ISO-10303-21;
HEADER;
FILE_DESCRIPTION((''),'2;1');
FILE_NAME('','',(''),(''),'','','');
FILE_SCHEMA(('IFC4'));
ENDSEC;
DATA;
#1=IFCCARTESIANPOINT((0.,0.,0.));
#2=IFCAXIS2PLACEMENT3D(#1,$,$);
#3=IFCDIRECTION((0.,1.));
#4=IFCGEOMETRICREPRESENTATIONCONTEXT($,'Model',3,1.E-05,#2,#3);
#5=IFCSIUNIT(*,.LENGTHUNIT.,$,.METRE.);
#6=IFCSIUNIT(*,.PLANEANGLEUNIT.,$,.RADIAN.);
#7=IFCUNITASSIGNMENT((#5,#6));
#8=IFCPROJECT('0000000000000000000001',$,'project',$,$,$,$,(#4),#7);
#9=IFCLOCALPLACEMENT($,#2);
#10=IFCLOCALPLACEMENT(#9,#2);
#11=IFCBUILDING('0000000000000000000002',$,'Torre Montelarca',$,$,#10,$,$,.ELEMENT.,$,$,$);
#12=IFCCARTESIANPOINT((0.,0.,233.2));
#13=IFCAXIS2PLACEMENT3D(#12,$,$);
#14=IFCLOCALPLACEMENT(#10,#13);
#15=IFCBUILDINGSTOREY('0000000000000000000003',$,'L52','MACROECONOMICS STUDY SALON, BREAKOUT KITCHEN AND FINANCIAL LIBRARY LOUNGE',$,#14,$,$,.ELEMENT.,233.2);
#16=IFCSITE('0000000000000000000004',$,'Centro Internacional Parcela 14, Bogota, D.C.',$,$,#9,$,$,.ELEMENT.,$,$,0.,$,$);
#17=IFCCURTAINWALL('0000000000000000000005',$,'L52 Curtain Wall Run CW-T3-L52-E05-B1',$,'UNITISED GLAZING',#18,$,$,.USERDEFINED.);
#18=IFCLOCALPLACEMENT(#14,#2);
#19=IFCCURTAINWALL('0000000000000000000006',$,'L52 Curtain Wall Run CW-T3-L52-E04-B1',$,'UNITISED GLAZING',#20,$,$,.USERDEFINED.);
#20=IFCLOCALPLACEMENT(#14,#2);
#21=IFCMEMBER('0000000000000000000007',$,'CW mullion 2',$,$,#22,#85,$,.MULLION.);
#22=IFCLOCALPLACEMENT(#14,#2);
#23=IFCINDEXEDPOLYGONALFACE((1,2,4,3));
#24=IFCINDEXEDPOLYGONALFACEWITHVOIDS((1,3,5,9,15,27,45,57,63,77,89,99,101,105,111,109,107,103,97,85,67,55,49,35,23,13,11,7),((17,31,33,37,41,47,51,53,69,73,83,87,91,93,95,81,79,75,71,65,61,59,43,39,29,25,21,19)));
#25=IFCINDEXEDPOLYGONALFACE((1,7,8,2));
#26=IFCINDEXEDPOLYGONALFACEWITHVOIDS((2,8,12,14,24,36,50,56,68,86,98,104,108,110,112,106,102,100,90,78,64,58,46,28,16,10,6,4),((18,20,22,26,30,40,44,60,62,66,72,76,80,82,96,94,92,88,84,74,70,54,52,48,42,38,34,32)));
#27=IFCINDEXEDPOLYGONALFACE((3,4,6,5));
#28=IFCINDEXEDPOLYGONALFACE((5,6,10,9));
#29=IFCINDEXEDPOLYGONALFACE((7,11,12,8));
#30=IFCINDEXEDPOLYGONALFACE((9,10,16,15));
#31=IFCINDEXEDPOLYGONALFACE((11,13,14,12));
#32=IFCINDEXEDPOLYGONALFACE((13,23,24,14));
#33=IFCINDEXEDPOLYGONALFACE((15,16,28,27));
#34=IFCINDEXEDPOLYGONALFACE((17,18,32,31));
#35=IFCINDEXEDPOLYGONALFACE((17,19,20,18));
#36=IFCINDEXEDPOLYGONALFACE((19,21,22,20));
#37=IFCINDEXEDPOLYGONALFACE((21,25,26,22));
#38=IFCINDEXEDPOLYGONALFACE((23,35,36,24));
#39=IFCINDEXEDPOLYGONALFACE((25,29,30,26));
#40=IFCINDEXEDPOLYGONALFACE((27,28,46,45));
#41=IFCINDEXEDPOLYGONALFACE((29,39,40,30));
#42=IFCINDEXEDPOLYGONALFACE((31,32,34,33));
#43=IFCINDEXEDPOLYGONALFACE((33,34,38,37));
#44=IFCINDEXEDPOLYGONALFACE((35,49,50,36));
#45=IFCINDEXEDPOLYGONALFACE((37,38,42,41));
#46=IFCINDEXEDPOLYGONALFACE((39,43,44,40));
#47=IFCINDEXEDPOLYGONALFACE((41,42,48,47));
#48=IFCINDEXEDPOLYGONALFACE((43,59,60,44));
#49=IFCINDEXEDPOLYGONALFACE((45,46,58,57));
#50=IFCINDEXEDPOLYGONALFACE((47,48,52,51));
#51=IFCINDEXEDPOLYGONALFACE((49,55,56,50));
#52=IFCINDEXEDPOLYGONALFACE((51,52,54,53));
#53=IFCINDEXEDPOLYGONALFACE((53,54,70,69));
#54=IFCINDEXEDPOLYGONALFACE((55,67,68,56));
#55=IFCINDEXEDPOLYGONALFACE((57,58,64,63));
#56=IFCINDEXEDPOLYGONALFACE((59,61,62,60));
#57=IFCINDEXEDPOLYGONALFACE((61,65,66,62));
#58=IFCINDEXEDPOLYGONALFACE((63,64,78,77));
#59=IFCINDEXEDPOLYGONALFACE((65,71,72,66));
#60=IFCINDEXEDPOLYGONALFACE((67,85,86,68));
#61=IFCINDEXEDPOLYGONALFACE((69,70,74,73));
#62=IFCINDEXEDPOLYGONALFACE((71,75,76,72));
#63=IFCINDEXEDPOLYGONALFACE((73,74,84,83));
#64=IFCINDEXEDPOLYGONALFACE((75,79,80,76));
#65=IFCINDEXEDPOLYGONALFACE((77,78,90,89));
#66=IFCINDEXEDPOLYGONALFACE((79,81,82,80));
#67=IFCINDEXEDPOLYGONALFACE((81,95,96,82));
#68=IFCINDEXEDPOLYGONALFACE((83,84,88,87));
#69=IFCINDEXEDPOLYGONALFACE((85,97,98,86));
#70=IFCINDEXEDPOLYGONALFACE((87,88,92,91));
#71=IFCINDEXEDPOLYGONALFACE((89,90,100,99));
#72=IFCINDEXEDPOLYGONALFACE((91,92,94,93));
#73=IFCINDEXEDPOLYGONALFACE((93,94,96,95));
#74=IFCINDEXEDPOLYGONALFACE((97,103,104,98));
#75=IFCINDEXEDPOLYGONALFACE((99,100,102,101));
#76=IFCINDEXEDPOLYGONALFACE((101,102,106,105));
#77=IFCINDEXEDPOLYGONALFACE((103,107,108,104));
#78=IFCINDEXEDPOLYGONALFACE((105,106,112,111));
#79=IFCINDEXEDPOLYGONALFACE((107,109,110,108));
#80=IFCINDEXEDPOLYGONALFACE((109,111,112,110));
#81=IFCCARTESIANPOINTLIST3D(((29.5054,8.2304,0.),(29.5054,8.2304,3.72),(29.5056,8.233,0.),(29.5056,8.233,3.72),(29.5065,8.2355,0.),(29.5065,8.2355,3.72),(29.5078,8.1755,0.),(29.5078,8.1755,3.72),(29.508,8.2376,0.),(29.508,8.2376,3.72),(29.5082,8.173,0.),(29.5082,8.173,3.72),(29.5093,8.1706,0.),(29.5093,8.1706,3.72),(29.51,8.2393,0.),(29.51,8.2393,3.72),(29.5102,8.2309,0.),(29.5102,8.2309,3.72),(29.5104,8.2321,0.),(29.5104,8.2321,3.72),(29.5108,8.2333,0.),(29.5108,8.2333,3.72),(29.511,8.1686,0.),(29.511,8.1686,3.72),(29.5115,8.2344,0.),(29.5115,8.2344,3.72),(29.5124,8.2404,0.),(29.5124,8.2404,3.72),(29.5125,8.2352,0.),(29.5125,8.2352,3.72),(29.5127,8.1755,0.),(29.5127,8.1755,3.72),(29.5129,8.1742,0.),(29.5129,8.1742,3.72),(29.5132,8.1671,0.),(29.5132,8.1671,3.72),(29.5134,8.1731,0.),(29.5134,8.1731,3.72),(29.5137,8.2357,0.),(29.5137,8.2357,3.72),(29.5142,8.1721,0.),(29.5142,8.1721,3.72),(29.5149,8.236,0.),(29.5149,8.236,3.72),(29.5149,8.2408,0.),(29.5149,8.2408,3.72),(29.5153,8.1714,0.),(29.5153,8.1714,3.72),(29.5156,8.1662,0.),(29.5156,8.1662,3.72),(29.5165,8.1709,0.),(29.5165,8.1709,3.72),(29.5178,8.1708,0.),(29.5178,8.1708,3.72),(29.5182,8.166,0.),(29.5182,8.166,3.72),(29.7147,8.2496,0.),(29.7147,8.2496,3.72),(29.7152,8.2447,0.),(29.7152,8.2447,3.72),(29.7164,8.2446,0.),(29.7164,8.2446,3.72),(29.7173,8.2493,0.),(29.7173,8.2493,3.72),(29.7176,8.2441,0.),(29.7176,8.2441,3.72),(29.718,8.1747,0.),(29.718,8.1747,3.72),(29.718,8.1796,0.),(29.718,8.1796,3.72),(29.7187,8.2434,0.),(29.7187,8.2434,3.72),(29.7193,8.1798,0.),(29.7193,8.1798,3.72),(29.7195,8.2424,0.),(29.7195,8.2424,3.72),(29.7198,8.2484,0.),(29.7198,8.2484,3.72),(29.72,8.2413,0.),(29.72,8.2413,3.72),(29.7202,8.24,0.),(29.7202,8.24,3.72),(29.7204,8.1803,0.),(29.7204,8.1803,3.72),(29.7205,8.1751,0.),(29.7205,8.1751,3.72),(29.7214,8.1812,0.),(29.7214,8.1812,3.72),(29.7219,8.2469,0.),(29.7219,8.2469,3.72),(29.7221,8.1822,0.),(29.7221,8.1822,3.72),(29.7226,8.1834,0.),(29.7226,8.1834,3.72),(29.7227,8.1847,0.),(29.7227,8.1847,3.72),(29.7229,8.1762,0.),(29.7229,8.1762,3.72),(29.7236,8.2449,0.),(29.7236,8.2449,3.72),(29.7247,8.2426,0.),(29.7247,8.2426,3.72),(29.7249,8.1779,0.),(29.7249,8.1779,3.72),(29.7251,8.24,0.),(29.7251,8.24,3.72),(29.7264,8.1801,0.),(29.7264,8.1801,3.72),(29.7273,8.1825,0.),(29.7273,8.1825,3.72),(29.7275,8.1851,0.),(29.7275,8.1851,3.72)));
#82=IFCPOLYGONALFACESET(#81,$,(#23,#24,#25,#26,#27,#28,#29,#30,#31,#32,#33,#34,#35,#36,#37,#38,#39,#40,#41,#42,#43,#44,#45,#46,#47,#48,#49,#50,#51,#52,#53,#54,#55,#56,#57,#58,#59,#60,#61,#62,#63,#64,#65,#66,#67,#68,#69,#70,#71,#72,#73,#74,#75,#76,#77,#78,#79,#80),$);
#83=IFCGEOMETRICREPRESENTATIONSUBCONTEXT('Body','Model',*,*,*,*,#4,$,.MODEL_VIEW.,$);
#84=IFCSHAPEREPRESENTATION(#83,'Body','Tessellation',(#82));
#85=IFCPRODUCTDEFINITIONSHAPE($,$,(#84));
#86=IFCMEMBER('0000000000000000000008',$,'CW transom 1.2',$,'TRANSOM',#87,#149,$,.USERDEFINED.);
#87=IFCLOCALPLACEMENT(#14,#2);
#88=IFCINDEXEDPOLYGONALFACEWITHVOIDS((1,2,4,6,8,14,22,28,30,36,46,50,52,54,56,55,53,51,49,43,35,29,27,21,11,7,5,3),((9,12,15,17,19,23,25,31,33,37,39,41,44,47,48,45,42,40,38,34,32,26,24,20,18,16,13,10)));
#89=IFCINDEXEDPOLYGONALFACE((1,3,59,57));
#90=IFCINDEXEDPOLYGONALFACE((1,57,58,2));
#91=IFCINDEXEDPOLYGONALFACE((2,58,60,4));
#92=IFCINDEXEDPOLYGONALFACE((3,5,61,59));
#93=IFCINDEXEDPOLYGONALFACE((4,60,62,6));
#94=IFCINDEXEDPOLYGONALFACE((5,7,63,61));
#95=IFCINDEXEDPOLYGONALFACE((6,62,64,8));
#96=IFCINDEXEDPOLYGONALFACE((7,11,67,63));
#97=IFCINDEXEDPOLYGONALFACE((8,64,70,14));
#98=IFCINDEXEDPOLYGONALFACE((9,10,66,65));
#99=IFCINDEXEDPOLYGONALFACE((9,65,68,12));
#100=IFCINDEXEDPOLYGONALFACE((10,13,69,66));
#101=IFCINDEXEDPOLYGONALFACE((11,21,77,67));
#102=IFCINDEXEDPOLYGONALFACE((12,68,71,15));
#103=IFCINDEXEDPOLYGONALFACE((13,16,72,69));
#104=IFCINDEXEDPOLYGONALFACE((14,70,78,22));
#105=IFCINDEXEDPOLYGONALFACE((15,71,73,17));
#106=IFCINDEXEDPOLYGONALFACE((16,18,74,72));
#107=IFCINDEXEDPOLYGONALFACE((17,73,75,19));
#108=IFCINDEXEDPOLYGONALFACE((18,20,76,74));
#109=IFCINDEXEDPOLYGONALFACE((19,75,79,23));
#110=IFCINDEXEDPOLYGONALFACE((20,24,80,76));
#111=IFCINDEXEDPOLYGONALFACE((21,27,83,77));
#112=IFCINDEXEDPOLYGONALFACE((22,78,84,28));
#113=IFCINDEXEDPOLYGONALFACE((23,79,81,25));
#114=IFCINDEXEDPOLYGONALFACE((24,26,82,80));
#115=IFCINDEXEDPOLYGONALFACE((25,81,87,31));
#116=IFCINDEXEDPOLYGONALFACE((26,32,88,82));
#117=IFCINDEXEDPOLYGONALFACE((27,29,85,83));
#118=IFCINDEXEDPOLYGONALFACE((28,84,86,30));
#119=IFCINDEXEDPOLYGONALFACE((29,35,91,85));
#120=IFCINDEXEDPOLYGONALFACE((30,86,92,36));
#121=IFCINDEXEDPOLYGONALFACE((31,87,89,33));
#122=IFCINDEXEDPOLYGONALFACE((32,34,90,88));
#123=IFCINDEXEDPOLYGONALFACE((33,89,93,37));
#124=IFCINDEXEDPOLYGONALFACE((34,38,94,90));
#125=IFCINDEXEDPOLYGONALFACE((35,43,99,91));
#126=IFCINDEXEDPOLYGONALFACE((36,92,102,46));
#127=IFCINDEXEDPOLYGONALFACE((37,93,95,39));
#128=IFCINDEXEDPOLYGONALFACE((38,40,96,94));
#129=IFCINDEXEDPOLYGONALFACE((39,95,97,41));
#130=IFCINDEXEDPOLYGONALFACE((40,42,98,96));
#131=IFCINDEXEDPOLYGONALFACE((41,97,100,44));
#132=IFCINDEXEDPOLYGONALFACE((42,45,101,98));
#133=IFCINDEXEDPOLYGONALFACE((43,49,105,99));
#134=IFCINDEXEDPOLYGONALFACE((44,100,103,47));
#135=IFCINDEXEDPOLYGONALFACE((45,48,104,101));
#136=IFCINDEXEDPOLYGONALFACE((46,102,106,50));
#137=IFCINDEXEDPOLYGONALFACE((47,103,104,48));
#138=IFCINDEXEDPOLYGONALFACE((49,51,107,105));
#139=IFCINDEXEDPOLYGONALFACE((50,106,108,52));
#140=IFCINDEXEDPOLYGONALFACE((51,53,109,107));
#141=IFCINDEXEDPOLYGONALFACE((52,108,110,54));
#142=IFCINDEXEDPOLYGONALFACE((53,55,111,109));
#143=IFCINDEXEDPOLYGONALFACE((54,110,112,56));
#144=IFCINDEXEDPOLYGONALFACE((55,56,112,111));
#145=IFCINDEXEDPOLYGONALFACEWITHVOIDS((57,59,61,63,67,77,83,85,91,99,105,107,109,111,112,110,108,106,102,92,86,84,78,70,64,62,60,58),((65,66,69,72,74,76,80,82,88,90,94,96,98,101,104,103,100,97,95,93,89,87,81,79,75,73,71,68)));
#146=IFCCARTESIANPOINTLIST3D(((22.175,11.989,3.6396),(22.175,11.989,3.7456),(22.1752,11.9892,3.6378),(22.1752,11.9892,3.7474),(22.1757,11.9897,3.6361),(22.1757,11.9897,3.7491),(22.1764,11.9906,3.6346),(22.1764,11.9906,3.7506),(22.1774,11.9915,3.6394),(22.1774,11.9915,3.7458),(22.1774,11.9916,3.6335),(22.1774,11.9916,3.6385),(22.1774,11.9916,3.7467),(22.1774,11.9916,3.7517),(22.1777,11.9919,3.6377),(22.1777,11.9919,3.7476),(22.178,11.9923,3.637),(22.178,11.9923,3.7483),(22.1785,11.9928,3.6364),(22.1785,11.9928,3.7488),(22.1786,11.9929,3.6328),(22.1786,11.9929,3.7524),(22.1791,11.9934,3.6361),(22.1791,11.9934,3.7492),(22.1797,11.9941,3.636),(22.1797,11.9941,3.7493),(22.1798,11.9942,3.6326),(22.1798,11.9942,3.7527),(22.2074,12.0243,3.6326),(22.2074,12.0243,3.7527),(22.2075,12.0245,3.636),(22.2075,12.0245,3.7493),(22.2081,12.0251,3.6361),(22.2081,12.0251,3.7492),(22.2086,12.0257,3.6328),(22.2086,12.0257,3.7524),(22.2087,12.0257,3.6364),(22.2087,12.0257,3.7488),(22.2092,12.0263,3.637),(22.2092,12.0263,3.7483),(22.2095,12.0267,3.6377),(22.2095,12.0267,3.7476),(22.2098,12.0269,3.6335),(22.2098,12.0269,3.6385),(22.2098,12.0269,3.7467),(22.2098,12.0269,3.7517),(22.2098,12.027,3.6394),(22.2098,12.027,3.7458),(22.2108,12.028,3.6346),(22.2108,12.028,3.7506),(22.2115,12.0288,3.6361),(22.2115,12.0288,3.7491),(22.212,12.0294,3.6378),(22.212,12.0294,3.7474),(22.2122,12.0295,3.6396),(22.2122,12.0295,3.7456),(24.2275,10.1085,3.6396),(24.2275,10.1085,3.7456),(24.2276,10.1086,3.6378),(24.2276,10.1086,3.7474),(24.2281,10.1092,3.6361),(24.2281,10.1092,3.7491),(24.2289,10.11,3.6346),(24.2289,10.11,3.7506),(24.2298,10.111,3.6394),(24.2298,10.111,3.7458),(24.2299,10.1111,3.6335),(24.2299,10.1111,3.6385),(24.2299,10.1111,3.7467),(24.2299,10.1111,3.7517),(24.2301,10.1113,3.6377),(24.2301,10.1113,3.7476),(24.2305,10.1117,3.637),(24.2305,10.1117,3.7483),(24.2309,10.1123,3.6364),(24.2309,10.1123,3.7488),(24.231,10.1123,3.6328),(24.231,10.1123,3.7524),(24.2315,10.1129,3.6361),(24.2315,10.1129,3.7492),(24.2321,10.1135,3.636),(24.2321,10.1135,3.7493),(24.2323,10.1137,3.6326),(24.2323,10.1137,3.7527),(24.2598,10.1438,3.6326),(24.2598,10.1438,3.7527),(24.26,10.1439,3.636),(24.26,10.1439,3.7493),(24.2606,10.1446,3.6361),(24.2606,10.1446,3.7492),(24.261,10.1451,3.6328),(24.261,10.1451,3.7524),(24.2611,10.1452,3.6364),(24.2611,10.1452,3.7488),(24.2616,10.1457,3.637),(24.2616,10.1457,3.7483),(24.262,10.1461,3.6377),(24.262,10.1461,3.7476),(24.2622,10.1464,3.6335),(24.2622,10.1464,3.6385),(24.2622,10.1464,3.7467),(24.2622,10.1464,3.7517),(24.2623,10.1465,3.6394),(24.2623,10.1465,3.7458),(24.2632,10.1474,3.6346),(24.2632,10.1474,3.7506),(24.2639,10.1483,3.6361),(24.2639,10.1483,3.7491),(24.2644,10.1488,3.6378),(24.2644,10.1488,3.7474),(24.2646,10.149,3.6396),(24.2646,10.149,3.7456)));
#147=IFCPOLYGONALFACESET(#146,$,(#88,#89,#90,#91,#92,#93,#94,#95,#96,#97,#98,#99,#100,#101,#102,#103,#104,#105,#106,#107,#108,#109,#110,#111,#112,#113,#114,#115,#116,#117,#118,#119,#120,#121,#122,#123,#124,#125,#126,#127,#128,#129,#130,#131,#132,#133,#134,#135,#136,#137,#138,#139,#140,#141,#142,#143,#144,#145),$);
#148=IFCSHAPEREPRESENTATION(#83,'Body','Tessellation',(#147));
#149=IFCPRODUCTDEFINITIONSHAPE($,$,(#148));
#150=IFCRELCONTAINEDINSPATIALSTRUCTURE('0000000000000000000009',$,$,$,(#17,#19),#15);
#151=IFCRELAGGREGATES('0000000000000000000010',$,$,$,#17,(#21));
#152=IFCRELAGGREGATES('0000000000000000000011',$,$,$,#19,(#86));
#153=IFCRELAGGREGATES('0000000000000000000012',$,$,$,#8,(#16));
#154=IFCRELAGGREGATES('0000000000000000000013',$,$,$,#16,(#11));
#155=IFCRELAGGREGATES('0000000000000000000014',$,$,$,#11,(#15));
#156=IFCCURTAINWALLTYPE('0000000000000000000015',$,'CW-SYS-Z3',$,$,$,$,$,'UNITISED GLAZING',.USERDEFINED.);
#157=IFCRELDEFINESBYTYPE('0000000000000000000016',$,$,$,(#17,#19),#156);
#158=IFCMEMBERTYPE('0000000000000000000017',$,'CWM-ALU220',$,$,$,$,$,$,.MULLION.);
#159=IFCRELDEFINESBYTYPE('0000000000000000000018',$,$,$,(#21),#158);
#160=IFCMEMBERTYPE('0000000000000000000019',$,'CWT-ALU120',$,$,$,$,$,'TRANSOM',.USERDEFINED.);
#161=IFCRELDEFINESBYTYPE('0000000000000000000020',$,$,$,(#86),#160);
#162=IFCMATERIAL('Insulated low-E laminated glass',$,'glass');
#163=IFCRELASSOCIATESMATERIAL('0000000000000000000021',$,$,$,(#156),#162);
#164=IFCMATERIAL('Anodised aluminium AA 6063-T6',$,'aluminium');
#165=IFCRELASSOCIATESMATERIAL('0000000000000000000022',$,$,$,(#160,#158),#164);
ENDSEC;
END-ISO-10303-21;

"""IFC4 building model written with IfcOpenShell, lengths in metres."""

from ifc_helpers import new_model, si_unit, direction, frame, origin, origin_2d, place, context, subcontext, project, spatial, hollow_rectangle, extrude, source, transform, mapped, material, material_profile, profile_set, type_object, element, aggregate, save


model = new_model("IFC4")

# Units and contexts
model_context = context("Model", 3, precision=1e-05, world=origin(), true_north=direction((0.0, 1.0)))
body_context = subcontext(model_context, "Body", "Model", "MODEL_VIEW")
ifc_project = project(units=[si_unit("LENGTHUNIT", "METRE"), si_unit("PLANEANGLEUNIT", "RADIAN")], contexts=[model_context])

# Site, building, storey
site_placement = place(None, origin())
site = spatial("IfcSite", under=ifc_project, at=site_placement, Name="Centro Internacional Parcela 14, Bogota, D.C.", CompositionType="ELEMENT", RefElevation=0.0)
building_placement = place(site_placement, origin())
building = spatial("IfcBuilding", under=site, at=building_placement, Name="Torre Montelarca", CompositionType="ELEMENT")
storey_placement = place(building_placement, frame((0.0, 0.0, 233.2)))
storey = spatial("IfcBuildingStorey", under=building, at=storey_placement, Name="L52", Description="MACROECONOMICS STUDY SALON, BREAKOUT KITCHEN AND FINANCIAL LIBRARY LOUNGE", CompositionType="ELEMENT", Elevation=233.2)

# Curtain wall
ifc_material_1 = material(Name="Insulated low-E laminated glass", Category="glass")
curtain_wall_type = type_object("IfcCurtainWallType", Name="CW-SYS-Z3", ElementType="UNITISED GLAZING", PredefinedType="USERDEFINED", material=ifc_material_1)
curtain_wall_1_placement = place(storey_placement, origin())
curtain_wall_1 = element("IfcCurtainWall", 1, at=curtain_wall_1_placement, inside=storey, type_object=curtain_wall_type, Name="L52 Curtain Wall Run CW-T3-L52-E05-B1", ObjectType="UNITISED GLAZING", PredefinedType="USERDEFINED")
ifc_material_2 = material(Name="Anodised aluminium AA 6063-T6", Category="aluminium")
ifc_material_profile_1 = material_profile(ifc_material_2, hollow_rectangle(XDim=0.0549, YDim=0.1201, WallThickness=0.0034, InnerFilletRadius=0.0034, OuterFilletRadius=0.0071, at=origin_2d()), Name="ALU55X120X3.5", Category="aluminium")
ifc_profile_set_1 = profile_set([ifc_material_profile_1], Name="Anodised aluminium AA 6063-T6")
member_type_1 = type_object("IfcMemberType", Name="CWT-ALU120", ElementType="TRANSOM", PredefinedType="USERDEFINED", material=ifc_profile_set_1)

# Shared definitions
ifc_material_profile_2 = material_profile(ifc_material_2, hollow_rectangle(XDim=0.075, YDim=0.22, WallThickness=0.0049, InnerFilletRadius=0.0049, OuterFilletRadius=0.01, at=origin_2d()), Name="ALU75X220X5", Category="aluminium")
ifc_profile_set_2 = profile_set([ifc_material_profile_2], Name="Anodised aluminium AA 6063-T6")
member_type_2 = type_object("IfcMemberType", Name="CWM-ALU220", PredefinedType="MULLION", material=ifc_profile_set_2)
shared_shape_1 = source(origin(), body_context, "Body", "SweptSolid", [
    extrude(hollow_rectangle(XDim=0.075, YDim=0.22, WallThickness=0.0049, InnerFilletRadius=0.0049, OuterFilletRadius=0.01, at=origin_2d()), origin(), (0.0, 0.0, 1.0), 3.72),
])

# Curtain wall
curtain_wall_2_placement = place(storey_placement, origin())
curtain_wall_2 = element("IfcCurtainWall", 2, at=curtain_wall_2_placement, inside=storey, type_object=curtain_wall_type, Name="L52 Curtain Wall Run CW-T3-L52-E04-B1", ObjectType="UNITISED GLAZING", PredefinedType="USERDEFINED")

# Members
member_1_placement = place(storey_placement, frame((29.6165, 8.2078, 0.0), z_axis=(0.0, 0.0, 1.0), x_axis=(-0.043616, 0.999048, 0.0)))
member_1 = element("IfcMember", 3, at=member_1_placement, type_object=member_type_2, Name="CW mullion 2", PredefinedType="MULLION", context=body_context, shape_type="MappedRepresentation", body=[
    mapped(shared_shape_1, transform((0.0, 0.0, 0.0), scale=1.0)),
])
shared_shape_2 = source(origin(), body_context, "Body", "SweptSolid", [
    extrude(hollow_rectangle(XDim=0.0549, YDim=0.1201, WallThickness=0.0034, InnerFilletRadius=0.0034, OuterFilletRadius=0.0071, at=origin_2d()), origin(), (0.0, 0.0, 1.0), 2.7837),
])
member_2_placement = place(storey_placement, frame((22.1936, 12.0093, 3.6926), z_axis=(0.737303, -0.675562, 0.0), x_axis=(0.675562, 0.737303, 0.0)))
member_2 = element("IfcMember", 4, at=member_2_placement, type_object=member_type_1, Name="CW transom 1.2", ObjectType="TRANSOM", PredefinedType="USERDEFINED", context=body_context, shape_type="MappedRepresentation", body=[
    mapped(shared_shape_2, transform((0.0, 0.0, 0.0), scale=1.0)),
])

aggregate(curtain_wall_1, [member_1])
aggregate(curtain_wall_2, [member_2])

save(model, "model.ifc")
